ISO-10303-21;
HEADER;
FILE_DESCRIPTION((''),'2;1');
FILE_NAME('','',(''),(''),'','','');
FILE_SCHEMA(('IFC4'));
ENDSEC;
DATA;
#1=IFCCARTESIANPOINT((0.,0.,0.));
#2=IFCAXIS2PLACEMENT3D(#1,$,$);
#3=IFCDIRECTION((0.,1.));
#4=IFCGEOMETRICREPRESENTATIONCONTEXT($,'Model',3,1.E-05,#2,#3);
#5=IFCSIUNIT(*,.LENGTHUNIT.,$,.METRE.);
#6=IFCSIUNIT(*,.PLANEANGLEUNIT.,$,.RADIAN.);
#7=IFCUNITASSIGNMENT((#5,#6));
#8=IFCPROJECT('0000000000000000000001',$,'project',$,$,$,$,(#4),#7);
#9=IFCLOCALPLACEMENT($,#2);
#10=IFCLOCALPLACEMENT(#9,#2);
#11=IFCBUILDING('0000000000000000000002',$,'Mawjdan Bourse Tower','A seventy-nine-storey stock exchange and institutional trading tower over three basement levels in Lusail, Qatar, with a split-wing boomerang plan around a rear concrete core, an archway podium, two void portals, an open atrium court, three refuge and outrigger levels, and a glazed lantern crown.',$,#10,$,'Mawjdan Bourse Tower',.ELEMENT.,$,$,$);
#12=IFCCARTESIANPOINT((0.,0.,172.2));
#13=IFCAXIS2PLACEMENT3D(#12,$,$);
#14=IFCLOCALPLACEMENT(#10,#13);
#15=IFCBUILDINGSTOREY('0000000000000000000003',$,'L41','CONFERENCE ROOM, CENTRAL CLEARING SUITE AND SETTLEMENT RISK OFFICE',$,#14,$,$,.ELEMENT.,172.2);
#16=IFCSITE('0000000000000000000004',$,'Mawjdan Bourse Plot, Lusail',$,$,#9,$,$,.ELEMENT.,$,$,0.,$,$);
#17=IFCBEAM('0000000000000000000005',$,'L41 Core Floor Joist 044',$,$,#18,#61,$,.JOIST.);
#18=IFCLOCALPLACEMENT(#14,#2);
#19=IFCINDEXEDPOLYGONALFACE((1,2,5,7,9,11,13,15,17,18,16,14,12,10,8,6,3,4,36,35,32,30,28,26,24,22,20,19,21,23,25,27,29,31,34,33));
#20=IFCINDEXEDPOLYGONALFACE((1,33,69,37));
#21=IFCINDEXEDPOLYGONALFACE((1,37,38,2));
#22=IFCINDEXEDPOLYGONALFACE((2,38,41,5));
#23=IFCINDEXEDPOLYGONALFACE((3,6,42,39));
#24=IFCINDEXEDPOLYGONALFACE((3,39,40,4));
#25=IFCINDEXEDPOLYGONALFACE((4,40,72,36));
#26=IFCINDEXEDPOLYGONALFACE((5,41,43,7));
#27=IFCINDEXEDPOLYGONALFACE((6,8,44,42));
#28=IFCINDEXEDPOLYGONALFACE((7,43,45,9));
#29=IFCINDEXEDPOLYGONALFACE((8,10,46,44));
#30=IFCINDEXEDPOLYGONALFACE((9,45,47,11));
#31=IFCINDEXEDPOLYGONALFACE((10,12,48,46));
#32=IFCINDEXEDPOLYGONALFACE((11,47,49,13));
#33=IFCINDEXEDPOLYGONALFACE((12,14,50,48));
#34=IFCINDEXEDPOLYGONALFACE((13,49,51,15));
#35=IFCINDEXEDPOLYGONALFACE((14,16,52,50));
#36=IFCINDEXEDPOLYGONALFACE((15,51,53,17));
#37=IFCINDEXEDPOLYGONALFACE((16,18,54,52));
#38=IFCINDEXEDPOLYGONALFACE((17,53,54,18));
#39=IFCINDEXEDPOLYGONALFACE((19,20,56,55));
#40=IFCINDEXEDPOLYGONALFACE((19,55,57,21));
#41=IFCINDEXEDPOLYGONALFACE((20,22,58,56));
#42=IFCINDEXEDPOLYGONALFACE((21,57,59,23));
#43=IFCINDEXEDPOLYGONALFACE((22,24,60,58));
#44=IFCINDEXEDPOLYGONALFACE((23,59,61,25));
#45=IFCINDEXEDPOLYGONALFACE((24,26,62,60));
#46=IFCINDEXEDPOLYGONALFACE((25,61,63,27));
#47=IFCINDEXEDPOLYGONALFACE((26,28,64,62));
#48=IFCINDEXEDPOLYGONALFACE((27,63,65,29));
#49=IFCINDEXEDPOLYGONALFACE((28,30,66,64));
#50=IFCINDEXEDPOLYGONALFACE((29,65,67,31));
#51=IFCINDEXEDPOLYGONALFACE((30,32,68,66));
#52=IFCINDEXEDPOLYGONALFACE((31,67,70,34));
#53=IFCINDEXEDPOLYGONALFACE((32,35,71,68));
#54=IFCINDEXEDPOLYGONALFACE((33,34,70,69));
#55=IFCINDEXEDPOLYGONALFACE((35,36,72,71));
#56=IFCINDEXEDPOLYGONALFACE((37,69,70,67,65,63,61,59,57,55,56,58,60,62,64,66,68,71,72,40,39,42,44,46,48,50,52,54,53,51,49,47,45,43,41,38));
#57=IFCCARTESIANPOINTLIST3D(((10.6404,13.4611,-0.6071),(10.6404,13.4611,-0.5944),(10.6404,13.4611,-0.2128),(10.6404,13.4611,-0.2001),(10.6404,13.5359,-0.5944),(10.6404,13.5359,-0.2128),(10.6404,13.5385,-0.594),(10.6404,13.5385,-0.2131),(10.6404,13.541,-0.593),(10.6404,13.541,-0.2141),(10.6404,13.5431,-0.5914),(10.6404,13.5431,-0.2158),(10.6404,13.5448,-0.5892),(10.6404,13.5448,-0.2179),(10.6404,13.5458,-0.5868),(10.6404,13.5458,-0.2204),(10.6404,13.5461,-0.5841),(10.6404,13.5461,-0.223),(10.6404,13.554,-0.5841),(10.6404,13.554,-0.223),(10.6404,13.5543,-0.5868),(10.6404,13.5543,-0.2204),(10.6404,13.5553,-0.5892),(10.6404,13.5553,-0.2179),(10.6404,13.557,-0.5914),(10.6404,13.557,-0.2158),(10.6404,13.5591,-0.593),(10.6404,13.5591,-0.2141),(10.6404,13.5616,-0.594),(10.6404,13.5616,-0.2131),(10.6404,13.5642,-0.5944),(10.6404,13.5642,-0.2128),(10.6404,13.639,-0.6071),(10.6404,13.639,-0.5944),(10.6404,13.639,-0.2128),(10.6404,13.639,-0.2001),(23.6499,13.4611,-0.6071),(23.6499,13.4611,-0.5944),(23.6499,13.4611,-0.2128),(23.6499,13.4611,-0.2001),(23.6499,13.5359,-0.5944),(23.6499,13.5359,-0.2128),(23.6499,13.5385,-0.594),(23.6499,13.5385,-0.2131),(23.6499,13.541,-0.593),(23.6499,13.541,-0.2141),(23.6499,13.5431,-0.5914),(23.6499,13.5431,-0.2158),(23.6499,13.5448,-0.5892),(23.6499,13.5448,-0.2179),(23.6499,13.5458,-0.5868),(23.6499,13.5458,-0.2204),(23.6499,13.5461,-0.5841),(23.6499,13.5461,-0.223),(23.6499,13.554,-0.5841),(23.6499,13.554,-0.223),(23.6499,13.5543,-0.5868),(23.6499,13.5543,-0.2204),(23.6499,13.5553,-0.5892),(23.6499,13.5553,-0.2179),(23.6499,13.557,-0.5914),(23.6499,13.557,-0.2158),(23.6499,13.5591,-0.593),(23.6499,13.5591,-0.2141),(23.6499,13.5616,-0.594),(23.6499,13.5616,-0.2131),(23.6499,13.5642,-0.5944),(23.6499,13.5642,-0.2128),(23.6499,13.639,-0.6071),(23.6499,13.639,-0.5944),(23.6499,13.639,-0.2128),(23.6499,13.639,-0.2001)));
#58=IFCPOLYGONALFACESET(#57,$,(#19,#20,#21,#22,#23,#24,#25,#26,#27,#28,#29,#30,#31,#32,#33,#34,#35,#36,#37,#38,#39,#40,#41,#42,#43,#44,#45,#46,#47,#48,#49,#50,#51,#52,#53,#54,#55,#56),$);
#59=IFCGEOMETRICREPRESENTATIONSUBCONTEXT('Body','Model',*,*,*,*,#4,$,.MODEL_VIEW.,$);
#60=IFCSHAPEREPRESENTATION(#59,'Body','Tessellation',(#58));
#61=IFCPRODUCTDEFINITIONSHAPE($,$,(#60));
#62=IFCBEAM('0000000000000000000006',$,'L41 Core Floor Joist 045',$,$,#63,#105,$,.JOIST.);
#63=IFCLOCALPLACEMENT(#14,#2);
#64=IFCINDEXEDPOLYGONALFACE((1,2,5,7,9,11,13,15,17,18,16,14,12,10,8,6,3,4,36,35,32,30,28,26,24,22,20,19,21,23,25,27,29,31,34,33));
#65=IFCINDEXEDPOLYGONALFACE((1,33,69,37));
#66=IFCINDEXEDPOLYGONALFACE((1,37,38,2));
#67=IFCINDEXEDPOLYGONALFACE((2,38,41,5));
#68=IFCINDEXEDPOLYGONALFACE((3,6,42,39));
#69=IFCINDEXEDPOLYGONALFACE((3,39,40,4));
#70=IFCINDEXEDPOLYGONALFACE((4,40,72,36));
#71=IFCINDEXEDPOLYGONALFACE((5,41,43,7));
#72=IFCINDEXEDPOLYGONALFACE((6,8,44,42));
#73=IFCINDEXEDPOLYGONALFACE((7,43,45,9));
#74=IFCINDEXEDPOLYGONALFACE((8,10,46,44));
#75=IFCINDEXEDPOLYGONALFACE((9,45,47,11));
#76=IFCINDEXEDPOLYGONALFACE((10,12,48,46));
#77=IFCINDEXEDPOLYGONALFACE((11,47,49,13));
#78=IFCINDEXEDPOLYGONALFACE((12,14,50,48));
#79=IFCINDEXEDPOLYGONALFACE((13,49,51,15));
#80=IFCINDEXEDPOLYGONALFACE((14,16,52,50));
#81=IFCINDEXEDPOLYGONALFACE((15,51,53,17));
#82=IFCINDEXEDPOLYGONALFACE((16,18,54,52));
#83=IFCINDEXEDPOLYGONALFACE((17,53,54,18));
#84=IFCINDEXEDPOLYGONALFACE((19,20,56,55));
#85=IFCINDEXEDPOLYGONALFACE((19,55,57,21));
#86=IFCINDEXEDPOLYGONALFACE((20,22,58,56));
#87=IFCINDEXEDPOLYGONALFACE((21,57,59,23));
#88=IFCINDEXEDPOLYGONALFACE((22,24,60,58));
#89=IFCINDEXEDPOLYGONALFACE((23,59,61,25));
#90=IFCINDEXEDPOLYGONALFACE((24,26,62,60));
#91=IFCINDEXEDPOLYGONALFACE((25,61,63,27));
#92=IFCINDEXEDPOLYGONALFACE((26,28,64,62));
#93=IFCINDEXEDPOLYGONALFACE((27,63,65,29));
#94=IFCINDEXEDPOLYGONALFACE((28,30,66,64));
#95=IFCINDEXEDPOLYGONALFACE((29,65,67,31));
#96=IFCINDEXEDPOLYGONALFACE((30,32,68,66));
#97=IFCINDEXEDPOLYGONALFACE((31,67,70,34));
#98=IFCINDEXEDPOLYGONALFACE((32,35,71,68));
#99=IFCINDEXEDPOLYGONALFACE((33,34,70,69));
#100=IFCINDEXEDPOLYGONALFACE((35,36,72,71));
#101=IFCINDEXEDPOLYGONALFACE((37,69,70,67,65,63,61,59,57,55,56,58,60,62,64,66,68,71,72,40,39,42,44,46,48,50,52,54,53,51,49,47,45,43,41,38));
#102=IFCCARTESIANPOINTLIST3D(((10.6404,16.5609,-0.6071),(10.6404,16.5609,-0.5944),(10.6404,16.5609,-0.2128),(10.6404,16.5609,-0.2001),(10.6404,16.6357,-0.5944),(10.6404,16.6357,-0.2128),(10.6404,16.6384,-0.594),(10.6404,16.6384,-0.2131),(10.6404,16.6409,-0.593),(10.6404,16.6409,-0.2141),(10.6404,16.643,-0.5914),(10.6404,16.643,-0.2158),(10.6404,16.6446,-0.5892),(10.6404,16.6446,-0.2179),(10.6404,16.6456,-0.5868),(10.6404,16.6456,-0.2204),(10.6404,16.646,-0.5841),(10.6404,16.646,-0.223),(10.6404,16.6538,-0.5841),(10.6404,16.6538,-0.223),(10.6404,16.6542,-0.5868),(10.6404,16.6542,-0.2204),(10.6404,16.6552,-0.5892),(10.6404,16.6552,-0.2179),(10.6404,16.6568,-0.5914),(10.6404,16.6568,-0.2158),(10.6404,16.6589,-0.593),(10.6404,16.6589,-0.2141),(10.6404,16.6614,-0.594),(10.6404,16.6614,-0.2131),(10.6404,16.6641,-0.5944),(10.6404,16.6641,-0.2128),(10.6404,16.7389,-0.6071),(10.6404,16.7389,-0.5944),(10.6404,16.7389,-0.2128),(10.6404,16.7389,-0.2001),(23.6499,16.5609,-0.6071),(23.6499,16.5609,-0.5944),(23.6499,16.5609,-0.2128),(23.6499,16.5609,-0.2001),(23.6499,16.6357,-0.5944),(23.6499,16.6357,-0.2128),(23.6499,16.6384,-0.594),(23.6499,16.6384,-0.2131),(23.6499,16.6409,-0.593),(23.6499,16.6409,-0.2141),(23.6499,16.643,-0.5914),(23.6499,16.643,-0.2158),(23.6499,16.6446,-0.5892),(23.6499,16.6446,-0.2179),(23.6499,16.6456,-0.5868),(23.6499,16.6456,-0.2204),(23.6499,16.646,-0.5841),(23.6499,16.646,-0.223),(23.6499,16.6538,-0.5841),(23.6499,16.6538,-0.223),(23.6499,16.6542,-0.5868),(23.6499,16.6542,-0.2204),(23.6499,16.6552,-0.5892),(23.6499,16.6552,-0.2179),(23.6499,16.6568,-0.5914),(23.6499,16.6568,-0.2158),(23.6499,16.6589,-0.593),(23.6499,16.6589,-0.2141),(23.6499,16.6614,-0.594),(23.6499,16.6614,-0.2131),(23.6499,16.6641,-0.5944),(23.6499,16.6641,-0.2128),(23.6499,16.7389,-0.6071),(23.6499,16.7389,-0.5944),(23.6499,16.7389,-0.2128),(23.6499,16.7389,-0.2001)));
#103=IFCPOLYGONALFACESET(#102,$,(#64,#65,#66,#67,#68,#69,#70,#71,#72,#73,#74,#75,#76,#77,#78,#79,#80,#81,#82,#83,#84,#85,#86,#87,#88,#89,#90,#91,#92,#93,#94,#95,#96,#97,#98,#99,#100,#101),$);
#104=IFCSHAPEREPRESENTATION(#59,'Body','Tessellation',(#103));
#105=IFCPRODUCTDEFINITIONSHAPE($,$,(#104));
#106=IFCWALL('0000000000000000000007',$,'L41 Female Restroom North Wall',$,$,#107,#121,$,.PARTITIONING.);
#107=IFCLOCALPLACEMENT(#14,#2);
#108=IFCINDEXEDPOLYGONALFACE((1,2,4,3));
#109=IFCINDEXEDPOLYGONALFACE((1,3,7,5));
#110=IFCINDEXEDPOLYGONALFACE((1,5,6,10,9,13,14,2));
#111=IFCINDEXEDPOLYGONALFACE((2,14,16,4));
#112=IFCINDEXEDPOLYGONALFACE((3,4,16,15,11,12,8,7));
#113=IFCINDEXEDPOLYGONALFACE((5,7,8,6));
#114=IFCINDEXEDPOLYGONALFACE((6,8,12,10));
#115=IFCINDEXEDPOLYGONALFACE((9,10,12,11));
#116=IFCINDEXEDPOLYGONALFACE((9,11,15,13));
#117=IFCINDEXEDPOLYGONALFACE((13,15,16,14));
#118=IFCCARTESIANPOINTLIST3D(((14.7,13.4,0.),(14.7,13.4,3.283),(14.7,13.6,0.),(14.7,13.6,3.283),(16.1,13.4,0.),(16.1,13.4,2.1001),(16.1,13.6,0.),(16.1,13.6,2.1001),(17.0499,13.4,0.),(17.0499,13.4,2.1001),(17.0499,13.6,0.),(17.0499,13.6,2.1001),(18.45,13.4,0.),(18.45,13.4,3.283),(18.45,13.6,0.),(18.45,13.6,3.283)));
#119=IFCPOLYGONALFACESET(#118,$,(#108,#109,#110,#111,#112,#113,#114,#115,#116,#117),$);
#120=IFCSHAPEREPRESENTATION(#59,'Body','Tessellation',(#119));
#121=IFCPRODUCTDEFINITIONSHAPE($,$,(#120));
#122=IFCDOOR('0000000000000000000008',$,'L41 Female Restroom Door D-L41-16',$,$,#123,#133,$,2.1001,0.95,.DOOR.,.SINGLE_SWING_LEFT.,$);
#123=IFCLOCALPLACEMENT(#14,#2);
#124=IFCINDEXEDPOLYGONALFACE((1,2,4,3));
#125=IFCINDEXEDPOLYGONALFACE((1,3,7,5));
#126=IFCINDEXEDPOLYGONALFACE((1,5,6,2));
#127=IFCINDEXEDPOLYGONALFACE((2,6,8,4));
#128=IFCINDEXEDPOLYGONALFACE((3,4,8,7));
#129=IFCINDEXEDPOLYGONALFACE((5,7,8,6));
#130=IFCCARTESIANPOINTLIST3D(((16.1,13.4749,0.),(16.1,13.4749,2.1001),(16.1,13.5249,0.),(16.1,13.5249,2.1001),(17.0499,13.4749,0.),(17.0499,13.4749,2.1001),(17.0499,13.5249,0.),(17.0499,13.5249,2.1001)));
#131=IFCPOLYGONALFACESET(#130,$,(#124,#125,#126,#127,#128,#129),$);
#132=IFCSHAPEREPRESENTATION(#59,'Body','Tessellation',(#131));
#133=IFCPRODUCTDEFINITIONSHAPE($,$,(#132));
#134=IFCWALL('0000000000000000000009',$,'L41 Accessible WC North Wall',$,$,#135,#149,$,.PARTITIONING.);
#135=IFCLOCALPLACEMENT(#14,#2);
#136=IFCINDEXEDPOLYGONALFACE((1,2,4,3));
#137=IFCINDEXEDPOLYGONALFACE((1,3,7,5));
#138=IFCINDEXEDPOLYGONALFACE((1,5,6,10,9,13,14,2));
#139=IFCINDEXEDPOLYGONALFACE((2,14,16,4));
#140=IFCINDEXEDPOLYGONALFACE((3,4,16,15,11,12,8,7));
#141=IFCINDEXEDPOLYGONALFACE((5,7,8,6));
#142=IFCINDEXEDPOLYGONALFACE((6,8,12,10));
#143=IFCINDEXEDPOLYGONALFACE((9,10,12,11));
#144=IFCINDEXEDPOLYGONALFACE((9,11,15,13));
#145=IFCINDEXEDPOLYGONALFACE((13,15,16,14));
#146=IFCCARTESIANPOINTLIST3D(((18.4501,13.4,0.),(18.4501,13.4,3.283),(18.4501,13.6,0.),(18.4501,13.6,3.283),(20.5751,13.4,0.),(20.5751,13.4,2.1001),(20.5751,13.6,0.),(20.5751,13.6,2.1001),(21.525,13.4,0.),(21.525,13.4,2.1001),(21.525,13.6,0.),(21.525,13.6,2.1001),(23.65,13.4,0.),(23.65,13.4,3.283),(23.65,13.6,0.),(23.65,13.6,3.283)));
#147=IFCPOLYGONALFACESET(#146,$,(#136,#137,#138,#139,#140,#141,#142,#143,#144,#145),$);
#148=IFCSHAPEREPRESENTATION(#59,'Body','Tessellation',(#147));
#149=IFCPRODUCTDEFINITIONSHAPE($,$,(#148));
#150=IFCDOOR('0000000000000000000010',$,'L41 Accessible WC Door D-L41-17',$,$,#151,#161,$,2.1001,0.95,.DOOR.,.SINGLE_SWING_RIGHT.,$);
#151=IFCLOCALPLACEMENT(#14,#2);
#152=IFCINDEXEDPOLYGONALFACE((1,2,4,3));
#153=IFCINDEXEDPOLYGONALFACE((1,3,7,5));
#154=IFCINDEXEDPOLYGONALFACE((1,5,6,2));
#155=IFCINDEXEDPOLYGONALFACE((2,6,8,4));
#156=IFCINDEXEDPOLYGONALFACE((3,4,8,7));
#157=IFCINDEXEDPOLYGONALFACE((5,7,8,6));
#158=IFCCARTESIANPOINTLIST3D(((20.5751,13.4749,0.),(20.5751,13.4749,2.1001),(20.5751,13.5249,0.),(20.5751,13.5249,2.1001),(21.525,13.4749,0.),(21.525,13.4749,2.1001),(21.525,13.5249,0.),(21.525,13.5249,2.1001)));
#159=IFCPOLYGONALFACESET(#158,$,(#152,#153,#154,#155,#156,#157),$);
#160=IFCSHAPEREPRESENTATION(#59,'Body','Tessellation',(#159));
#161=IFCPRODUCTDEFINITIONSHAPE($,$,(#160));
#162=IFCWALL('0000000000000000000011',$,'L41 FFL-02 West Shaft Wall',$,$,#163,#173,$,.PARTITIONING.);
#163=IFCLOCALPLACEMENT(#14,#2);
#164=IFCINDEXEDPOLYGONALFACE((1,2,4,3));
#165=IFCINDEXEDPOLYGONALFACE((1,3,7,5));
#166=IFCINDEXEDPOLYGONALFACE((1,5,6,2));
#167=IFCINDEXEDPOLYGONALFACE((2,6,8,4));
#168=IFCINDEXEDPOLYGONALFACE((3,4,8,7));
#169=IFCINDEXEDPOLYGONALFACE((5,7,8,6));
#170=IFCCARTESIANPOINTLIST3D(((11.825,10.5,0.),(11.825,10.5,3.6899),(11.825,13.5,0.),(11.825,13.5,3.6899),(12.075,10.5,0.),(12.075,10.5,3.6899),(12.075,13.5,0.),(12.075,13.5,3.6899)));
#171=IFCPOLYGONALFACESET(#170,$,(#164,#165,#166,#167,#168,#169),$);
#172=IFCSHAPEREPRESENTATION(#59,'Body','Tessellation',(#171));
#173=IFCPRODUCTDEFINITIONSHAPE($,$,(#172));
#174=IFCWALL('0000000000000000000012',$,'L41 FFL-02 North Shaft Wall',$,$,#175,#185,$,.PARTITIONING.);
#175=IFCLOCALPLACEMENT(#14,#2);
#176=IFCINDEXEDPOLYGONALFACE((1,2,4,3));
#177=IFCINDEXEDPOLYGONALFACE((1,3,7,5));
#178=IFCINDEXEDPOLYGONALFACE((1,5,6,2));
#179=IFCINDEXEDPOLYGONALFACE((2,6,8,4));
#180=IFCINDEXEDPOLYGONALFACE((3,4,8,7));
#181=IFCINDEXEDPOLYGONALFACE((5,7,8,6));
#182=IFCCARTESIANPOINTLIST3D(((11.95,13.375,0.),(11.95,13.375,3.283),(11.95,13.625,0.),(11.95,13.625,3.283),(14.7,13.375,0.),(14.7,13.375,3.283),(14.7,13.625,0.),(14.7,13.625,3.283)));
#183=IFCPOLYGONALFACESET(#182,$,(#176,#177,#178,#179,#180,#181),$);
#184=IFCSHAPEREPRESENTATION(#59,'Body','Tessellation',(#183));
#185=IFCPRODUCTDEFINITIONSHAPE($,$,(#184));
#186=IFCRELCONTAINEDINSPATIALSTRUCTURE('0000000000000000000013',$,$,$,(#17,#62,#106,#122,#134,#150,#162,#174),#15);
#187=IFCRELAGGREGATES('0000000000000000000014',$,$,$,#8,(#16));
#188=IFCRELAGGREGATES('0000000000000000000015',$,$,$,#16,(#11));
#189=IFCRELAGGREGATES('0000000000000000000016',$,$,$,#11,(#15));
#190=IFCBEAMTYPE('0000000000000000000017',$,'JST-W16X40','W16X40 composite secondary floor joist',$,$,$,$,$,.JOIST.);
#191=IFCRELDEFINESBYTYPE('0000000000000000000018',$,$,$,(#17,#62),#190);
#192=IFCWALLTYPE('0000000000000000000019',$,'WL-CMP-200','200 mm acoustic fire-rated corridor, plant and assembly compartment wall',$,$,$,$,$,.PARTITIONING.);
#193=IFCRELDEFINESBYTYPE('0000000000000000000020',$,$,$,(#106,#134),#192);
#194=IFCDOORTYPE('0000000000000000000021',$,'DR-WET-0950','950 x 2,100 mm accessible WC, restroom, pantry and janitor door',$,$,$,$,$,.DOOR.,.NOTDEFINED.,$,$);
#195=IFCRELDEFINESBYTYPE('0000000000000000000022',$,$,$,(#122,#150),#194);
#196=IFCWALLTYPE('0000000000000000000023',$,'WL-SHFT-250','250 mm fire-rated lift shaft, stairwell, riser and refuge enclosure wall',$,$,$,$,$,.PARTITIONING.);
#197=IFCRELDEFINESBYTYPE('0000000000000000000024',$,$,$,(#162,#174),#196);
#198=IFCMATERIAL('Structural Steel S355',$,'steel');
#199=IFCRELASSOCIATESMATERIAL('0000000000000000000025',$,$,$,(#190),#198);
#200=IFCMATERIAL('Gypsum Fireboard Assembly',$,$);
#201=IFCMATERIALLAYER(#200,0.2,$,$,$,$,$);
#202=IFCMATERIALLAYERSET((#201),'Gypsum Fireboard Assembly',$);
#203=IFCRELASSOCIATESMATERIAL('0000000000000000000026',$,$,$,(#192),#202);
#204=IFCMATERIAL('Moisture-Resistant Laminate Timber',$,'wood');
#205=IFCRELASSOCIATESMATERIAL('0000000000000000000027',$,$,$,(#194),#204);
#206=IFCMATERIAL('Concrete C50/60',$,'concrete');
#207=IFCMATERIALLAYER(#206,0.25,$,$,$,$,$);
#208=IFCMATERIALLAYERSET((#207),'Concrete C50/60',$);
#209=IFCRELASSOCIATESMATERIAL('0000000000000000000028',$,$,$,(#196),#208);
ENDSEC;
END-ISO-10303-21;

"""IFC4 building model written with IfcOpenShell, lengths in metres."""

from ifc_helpers import new_model, si_unit, direction, frame, frame_2d, origin, origin_2d, place, context, subcontext, project, spatial, rectangle, i_section, extrude, material, layer, layer_set, material_profile, profile_set, type_object, element, fill, save


model = new_model("IFC4")

# Units and contexts
model_context = context("Model", 3, precision=1e-05, world=origin(), true_north=direction((0.0, 1.0)))
body_context = subcontext(model_context, "Body", "Model", "MODEL_VIEW")
ifc_project = project(units=[si_unit("LENGTHUNIT", "METRE"), si_unit("PLANEANGLEUNIT", "RADIAN")], contexts=[model_context])

# Site, building, storey
site_placement = place(None, origin())
site = spatial("IfcSite", under=ifc_project, at=site_placement, Name="Mawjdan Bourse Plot, Lusail", CompositionType="ELEMENT", RefElevation=0.0)
building_placement = place(site_placement, origin())
building = spatial("IfcBuilding", under=site, at=building_placement, Name="Mawjdan Bourse Tower", Description="A seventy-nine-storey stock exchange and institutional trading tower over three basement levels in Lusail, Qatar, with a split-wing boomerang plan around a rear concrete core, an archway podium, two void portals, an open atrium court, three refuge and outrigger levels, and a glazed lantern crown.", LongName="Mawjdan Bourse Tower", CompositionType="ELEMENT")
storey_placement = place(building_placement, frame((0.0, 0.0, 172.2)))
storey = spatial("IfcBuildingStorey", under=building, at=storey_placement, Name="L41", Description="CONFERENCE ROOM, CENTRAL CLEARING SUITE AND SETTLEMENT RISK OFFICE", CompositionType="ELEMENT", Elevation=172.2)

# Beams
ifc_material_1 = material(Name="Structural Steel S355", Category="steel")
ifc_material_profile = material_profile(ifc_material_1, i_section(OverallWidth=0.178, OverallDepth=0.407, WebThickness=0.0078, FlangeThickness=0.0127, FilletRadius=0.0103, at=origin_2d()), Name="W16X40")
ifc_profile_set = profile_set([ifc_material_profile], Name="Structural Steel S355")
beam_type = type_object("IfcBeamType", Name="JST-W16X40", Description="W16X40 composite secondary floor joist", PredefinedType="JOIST", material=ifc_profile_set)
for number, where, z_axis, x_axis, name in (
    (1, (10.6404, 13.55, -0.4036), (1.0, 0.0, 0.0), (0.0, 1.0, 0.0), "L41 Core Floor Joist 044"),
    (2, (10.6404, 16.6499, -0.4036), (1.0, 0.0, 0.0), (0.0, 1.0, 0.0), "L41 Core Floor Joist 045"),
):
    element("IfcBeam", number, at=place(storey_placement, frame(where, z_axis=z_axis, x_axis=x_axis)), inside=storey, type_object=beam_type, Name=name, PredefinedType="JOIST", context=body_context, shape_type="SweptSolid", body=[
        extrude(i_section(OverallWidth=0.178, OverallDepth=0.407, WebThickness=0.0078, FlangeThickness=0.0127, FilletRadius=0.0103, at=origin_2d()), origin(), (0.0, 0.0, 1.0), 13.0095),
    ])

# Walls, openings, doors
ifc_material_2 = material(Name="Gypsum Fireboard Assembly")
ifc_layer_1 = layer(ifc_material_2, 0.2)
ifc_layer_set_1 = layer_set([ifc_layer_1], Name="Gypsum Fireboard Assembly")
wall_type_1 = type_object("IfcWallType", Name="WL-CMP-200", Description="200 mm acoustic fire-rated corridor, plant and assembly compartment wall", PredefinedType="PARTITIONING", material=ifc_layer_set_1)
wall_1_placement = place(storey_placement, frame((14.7, 13.5, 0.0), z_axis=(0.0, 0.0, 1.0), x_axis=(1.0, 0.0, 0.0)))
wall_1 = element("IfcWall", 3, at=wall_1_placement, inside=storey, type_object=wall_type_1, Name="L41 Female Restroom North Wall", PredefinedType="PARTITIONING", context=body_context, shape_type="SweptSolid", body=[
    extrude(rectangle(XDim=3.75, YDim=0.2, at=frame_2d((1.875, 0.0))), origin(), (0.0, 0.0, 1.0), 3.283),
])
opening_1_placement = place(wall_1_placement, frame((1.3999, 0.0, 0.0)))
opening_1 = element("IfcOpeningElement", 4, at=opening_1_placement, cuts=wall_1, PredefinedType="OPENING", context=body_context, shape_type="SweptSolid", body=[
    extrude(rectangle(XDim=0.95, YDim=2.1001, at=frame_2d((0.4751, 1.05))), frame((0.0, 0.1099, 0.0), z_axis=(0.0, -1.0, 0.0), x_axis=(1.0, 0.0, 0.0)), (0.0, 0.0, 1.0), 0.22),
])
ifc_material_3 = material(Name="Moisture-Resistant Laminate Timber", Category="wood")
door_type_1 = type_object("IfcDoorType", Name="DR-WET-0950", Description="950 x 2,100 mm accessible WC, restroom, pantry and janitor door", OperationType="NOTDEFINED", PredefinedType="DOOR", material=ifc_material_3)
door_1_placement = place(opening_1_placement, origin())
door_1 = element("IfcDoor", 5, at=door_1_placement, inside=storey, type_object=door_type_1, Name="L41 Female Restroom Door D-L41-16", OperationType="SINGLE_SWING_LEFT", OverallHeight=2.1001, OverallWidth=0.95, PredefinedType="DOOR", context=body_context, shape_type="SweptSolid", body=[
    extrude(rectangle(XDim=0.95, YDim=2.1001, at=frame_2d((0.4751, 1.05))), frame((0.0, 0.0249, 0.0), z_axis=(0.0, -1.0, 0.0), x_axis=(1.0, 0.0, 0.0)), (0.0, 0.0, 1.0), 0.05),
])
fill(opening_1, door_1)
wall_2_placement = place(storey_placement, frame((18.45, 13.5, 0.0), z_axis=(0.0, 0.0, 1.0), x_axis=(1.0, 0.0, 0.0)))
wall_2 = element("IfcWall", 6, at=wall_2_placement, inside=storey, type_object=wall_type_1, Name="L41 Accessible WC North Wall", PredefinedType="PARTITIONING", context=body_context, shape_type="SweptSolid", body=[
    extrude(rectangle(XDim=5.2, YDim=0.2, at=frame_2d((2.6001, 0.0))), origin(), (0.0, 0.0, 1.0), 3.283),
])
opening_2_placement = place(wall_2_placement, frame((2.125, 0.0, 0.0)))
opening_2 = element("IfcOpeningElement", 7, at=opening_2_placement, cuts=wall_2, PredefinedType="OPENING", context=body_context, shape_type="SweptSolid", body=[
    extrude(rectangle(XDim=0.95, YDim=2.1001, at=frame_2d((0.4751, 1.05))), frame((0.0, 0.1099, 0.0), z_axis=(0.0, -1.0, 0.0), x_axis=(1.0, 0.0, 0.0)), (0.0, 0.0, 1.0), 0.22),
])
door_2_placement = place(opening_2_placement, origin())
door_2 = element("IfcDoor", 8, at=door_2_placement, inside=storey, type_object=door_type_1, Name="L41 Accessible WC Door D-L41-17", OperationType="SINGLE_SWING_RIGHT", OverallHeight=2.1001, OverallWidth=0.95, PredefinedType="DOOR", context=body_context, shape_type="SweptSolid", body=[
    extrude(rectangle(XDim=0.95, YDim=2.1001, at=frame_2d((0.4751, 1.05))), frame((0.0, 0.0249, 0.0), z_axis=(0.0, -1.0, 0.0), x_axis=(1.0, 0.0, 0.0)), (0.0, 0.0, 1.0), 0.05),
])
fill(opening_2, door_2)

# Walls
ifc_material_4 = material(Name="Concrete C50/60", Category="concrete")
ifc_layer_2 = layer(ifc_material_4, 0.25)
ifc_layer_set_2 = layer_set([ifc_layer_2], Name="Concrete C50/60")
wall_type_2 = type_object("IfcWallType", Name="WL-SHFT-250", Description="250 mm fire-rated lift shaft, stairwell, riser and refuge enclosure wall", PredefinedType="PARTITIONING", material=ifc_layer_set_2)
wall_3_placement = place(storey_placement, frame((11.95, 10.5, 0.0), z_axis=(0.0, 0.0, 1.0), x_axis=(0.0, 1.0, 0.0)))
element("IfcWall", 9, at=wall_3_placement, inside=storey, type_object=wall_type_2, Name="L41 FFL-02 West Shaft Wall", PredefinedType="PARTITIONING", context=body_context, shape_type="SweptSolid", body=[
    extrude(rectangle(XDim=3.0, YDim=0.25, at=frame_2d((1.5, 0.0))), origin(), (0.0, 0.0, 1.0), 3.6899),
])
wall_4_placement = place(storey_placement, frame((11.95, 13.5, 0.0), z_axis=(0.0, 0.0, 1.0), x_axis=(1.0, 0.0, 0.0)))
element("IfcWall", 10, at=wall_4_placement, inside=storey, type_object=wall_type_2, Name="L41 FFL-02 North Shaft Wall", PredefinedType="PARTITIONING", context=body_context, shape_type="SweptSolid", body=[
    extrude(rectangle(XDim=2.75, YDim=0.25, at=frame_2d((1.375, 0.0))), origin(), (0.0, 0.0, 1.0), 3.283),
])

save(model, "model.ifc")
